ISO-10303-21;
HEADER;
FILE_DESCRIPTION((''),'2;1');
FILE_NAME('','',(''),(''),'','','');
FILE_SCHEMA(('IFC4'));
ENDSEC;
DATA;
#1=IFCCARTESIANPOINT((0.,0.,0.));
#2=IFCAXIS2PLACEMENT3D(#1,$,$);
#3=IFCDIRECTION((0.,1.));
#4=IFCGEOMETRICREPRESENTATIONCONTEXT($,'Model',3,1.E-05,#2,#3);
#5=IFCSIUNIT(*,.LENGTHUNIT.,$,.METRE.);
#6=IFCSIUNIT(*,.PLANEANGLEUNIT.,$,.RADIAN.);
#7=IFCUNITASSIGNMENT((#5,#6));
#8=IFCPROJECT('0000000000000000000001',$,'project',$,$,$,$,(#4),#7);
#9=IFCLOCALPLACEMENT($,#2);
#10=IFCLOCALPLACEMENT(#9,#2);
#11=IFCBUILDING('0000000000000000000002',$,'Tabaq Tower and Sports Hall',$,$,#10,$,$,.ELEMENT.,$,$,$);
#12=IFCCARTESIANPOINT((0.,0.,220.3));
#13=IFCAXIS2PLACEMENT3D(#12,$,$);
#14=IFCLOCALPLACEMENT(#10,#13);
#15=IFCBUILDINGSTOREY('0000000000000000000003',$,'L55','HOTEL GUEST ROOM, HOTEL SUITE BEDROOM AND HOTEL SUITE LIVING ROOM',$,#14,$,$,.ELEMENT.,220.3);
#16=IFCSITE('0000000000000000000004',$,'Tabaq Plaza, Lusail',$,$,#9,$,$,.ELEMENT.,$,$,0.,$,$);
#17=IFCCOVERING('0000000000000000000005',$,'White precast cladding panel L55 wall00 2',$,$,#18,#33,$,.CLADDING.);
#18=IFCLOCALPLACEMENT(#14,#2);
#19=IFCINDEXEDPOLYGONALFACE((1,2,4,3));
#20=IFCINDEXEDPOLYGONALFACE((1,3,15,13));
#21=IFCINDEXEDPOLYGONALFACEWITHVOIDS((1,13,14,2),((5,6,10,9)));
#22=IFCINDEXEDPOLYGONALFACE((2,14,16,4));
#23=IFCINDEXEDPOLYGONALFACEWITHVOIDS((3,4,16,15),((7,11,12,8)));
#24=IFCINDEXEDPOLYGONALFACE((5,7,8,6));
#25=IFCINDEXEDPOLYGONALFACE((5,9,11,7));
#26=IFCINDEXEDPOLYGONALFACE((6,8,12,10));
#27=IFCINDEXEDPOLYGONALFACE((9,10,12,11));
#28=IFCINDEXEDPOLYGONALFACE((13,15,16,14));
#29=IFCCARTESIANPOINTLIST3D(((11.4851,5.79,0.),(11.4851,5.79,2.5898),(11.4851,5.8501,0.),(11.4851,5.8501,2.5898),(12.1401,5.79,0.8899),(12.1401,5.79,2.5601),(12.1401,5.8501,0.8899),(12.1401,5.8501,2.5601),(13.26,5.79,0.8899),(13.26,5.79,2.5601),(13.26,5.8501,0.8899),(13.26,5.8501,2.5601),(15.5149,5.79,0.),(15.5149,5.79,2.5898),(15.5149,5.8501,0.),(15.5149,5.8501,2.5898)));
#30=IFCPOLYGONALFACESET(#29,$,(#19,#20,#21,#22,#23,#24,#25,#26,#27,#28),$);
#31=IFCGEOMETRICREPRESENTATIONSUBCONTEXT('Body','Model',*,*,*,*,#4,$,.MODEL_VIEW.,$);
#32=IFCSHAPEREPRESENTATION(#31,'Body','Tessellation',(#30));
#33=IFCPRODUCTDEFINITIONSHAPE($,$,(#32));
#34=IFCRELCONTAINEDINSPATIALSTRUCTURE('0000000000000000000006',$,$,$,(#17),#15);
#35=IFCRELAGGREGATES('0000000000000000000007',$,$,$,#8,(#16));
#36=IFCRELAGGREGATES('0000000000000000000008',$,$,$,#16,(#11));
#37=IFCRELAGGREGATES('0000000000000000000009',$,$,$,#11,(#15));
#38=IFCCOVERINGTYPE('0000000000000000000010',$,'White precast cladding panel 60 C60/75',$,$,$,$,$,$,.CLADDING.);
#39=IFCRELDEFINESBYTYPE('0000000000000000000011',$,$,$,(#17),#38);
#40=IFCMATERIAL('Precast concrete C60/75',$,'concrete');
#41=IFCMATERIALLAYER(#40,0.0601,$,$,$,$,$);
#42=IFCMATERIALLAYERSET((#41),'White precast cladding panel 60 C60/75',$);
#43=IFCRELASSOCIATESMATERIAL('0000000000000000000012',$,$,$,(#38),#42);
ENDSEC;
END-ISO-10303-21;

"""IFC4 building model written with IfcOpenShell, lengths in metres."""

from ifc_helpers import new_model, si_unit, direction, frame, origin, place, context, subcontext, project, spatial, polyline, outline, extrude, material, layer, layer_set, type_object, element, save


model = new_model("IFC4")

# Units and contexts
model_context = context("Model", 3, precision=1e-05, world=origin(), true_north=direction((0.0, 1.0)))
body_context = subcontext(model_context, "Body", "Model", "MODEL_VIEW")
ifc_project = project(units=[si_unit("LENGTHUNIT", "METRE"), si_unit("PLANEANGLEUNIT", "RADIAN")], contexts=[model_context])

# Site, building, storey
site_placement = place(None, origin())
site = spatial("IfcSite", under=ifc_project, at=site_placement, Name="Tabaq Plaza, Lusail", CompositionType="ELEMENT", RefElevation=0.0)
building_placement = place(site_placement, origin())
building = spatial("IfcBuilding", under=site, at=building_placement, Name="Tabaq Tower and Sports Hall", CompositionType="ELEMENT")
storey_placement = place(building_placement, frame((0.0, 0.0, 220.3)))
storey = spatial("IfcBuildingStorey", under=building, at=storey_placement, Name="L55", Description="HOTEL GUEST ROOM, HOTEL SUITE BEDROOM AND HOTEL SUITE LIVING ROOM", CompositionType="ELEMENT", Elevation=220.3)

# Covering
ifc_material_1 = material(Name="Precast concrete C60/75", Category="concrete")
ifc_layer_1 = layer(ifc_material_1, 0.0601)
ifc_layer_set_1 = layer_set([ifc_layer_1], Name="White precast cladding panel 60 C60/75")
covering_type = type_object("IfcCoveringType", Name="White precast cladding panel 60 C60/75", PredefinedType="CLADDING", material=ifc_layer_set_1)
covering_placement = place(storey_placement, frame((11.4851, 5.8201, 0.0), z_axis=(0.0, 0.0, 1.0), x_axis=(1.0, 0.0, 0.0)))
element("IfcCovering", 1, at=covering_placement, inside=storey, type_object=covering_type, Name="White precast cladding panel L55 wall00 2", PredefinedType="CLADDING", context=body_context, shape_type="SweptSolid", body=[
    extrude(outline(polyline([(0.0, 0.0), (4.0298, 0.0), (4.0298, 2.5898), (0.0, 2.5898), (0.0, 0.0)]), holes=[polyline([(1.7749, 0.8899), (0.655, 0.8899), (0.655, 2.5601), (1.7749, 2.5601), (1.7749, 0.8899)])]), frame((0.0, 0.03, 0.0), z_axis=(0.0, -1.0, 0.0), x_axis=(1.0, 0.0, 0.0)), (0.0, 0.0, 1.0), 0.0601),
])

save(model, "model.ifc")
